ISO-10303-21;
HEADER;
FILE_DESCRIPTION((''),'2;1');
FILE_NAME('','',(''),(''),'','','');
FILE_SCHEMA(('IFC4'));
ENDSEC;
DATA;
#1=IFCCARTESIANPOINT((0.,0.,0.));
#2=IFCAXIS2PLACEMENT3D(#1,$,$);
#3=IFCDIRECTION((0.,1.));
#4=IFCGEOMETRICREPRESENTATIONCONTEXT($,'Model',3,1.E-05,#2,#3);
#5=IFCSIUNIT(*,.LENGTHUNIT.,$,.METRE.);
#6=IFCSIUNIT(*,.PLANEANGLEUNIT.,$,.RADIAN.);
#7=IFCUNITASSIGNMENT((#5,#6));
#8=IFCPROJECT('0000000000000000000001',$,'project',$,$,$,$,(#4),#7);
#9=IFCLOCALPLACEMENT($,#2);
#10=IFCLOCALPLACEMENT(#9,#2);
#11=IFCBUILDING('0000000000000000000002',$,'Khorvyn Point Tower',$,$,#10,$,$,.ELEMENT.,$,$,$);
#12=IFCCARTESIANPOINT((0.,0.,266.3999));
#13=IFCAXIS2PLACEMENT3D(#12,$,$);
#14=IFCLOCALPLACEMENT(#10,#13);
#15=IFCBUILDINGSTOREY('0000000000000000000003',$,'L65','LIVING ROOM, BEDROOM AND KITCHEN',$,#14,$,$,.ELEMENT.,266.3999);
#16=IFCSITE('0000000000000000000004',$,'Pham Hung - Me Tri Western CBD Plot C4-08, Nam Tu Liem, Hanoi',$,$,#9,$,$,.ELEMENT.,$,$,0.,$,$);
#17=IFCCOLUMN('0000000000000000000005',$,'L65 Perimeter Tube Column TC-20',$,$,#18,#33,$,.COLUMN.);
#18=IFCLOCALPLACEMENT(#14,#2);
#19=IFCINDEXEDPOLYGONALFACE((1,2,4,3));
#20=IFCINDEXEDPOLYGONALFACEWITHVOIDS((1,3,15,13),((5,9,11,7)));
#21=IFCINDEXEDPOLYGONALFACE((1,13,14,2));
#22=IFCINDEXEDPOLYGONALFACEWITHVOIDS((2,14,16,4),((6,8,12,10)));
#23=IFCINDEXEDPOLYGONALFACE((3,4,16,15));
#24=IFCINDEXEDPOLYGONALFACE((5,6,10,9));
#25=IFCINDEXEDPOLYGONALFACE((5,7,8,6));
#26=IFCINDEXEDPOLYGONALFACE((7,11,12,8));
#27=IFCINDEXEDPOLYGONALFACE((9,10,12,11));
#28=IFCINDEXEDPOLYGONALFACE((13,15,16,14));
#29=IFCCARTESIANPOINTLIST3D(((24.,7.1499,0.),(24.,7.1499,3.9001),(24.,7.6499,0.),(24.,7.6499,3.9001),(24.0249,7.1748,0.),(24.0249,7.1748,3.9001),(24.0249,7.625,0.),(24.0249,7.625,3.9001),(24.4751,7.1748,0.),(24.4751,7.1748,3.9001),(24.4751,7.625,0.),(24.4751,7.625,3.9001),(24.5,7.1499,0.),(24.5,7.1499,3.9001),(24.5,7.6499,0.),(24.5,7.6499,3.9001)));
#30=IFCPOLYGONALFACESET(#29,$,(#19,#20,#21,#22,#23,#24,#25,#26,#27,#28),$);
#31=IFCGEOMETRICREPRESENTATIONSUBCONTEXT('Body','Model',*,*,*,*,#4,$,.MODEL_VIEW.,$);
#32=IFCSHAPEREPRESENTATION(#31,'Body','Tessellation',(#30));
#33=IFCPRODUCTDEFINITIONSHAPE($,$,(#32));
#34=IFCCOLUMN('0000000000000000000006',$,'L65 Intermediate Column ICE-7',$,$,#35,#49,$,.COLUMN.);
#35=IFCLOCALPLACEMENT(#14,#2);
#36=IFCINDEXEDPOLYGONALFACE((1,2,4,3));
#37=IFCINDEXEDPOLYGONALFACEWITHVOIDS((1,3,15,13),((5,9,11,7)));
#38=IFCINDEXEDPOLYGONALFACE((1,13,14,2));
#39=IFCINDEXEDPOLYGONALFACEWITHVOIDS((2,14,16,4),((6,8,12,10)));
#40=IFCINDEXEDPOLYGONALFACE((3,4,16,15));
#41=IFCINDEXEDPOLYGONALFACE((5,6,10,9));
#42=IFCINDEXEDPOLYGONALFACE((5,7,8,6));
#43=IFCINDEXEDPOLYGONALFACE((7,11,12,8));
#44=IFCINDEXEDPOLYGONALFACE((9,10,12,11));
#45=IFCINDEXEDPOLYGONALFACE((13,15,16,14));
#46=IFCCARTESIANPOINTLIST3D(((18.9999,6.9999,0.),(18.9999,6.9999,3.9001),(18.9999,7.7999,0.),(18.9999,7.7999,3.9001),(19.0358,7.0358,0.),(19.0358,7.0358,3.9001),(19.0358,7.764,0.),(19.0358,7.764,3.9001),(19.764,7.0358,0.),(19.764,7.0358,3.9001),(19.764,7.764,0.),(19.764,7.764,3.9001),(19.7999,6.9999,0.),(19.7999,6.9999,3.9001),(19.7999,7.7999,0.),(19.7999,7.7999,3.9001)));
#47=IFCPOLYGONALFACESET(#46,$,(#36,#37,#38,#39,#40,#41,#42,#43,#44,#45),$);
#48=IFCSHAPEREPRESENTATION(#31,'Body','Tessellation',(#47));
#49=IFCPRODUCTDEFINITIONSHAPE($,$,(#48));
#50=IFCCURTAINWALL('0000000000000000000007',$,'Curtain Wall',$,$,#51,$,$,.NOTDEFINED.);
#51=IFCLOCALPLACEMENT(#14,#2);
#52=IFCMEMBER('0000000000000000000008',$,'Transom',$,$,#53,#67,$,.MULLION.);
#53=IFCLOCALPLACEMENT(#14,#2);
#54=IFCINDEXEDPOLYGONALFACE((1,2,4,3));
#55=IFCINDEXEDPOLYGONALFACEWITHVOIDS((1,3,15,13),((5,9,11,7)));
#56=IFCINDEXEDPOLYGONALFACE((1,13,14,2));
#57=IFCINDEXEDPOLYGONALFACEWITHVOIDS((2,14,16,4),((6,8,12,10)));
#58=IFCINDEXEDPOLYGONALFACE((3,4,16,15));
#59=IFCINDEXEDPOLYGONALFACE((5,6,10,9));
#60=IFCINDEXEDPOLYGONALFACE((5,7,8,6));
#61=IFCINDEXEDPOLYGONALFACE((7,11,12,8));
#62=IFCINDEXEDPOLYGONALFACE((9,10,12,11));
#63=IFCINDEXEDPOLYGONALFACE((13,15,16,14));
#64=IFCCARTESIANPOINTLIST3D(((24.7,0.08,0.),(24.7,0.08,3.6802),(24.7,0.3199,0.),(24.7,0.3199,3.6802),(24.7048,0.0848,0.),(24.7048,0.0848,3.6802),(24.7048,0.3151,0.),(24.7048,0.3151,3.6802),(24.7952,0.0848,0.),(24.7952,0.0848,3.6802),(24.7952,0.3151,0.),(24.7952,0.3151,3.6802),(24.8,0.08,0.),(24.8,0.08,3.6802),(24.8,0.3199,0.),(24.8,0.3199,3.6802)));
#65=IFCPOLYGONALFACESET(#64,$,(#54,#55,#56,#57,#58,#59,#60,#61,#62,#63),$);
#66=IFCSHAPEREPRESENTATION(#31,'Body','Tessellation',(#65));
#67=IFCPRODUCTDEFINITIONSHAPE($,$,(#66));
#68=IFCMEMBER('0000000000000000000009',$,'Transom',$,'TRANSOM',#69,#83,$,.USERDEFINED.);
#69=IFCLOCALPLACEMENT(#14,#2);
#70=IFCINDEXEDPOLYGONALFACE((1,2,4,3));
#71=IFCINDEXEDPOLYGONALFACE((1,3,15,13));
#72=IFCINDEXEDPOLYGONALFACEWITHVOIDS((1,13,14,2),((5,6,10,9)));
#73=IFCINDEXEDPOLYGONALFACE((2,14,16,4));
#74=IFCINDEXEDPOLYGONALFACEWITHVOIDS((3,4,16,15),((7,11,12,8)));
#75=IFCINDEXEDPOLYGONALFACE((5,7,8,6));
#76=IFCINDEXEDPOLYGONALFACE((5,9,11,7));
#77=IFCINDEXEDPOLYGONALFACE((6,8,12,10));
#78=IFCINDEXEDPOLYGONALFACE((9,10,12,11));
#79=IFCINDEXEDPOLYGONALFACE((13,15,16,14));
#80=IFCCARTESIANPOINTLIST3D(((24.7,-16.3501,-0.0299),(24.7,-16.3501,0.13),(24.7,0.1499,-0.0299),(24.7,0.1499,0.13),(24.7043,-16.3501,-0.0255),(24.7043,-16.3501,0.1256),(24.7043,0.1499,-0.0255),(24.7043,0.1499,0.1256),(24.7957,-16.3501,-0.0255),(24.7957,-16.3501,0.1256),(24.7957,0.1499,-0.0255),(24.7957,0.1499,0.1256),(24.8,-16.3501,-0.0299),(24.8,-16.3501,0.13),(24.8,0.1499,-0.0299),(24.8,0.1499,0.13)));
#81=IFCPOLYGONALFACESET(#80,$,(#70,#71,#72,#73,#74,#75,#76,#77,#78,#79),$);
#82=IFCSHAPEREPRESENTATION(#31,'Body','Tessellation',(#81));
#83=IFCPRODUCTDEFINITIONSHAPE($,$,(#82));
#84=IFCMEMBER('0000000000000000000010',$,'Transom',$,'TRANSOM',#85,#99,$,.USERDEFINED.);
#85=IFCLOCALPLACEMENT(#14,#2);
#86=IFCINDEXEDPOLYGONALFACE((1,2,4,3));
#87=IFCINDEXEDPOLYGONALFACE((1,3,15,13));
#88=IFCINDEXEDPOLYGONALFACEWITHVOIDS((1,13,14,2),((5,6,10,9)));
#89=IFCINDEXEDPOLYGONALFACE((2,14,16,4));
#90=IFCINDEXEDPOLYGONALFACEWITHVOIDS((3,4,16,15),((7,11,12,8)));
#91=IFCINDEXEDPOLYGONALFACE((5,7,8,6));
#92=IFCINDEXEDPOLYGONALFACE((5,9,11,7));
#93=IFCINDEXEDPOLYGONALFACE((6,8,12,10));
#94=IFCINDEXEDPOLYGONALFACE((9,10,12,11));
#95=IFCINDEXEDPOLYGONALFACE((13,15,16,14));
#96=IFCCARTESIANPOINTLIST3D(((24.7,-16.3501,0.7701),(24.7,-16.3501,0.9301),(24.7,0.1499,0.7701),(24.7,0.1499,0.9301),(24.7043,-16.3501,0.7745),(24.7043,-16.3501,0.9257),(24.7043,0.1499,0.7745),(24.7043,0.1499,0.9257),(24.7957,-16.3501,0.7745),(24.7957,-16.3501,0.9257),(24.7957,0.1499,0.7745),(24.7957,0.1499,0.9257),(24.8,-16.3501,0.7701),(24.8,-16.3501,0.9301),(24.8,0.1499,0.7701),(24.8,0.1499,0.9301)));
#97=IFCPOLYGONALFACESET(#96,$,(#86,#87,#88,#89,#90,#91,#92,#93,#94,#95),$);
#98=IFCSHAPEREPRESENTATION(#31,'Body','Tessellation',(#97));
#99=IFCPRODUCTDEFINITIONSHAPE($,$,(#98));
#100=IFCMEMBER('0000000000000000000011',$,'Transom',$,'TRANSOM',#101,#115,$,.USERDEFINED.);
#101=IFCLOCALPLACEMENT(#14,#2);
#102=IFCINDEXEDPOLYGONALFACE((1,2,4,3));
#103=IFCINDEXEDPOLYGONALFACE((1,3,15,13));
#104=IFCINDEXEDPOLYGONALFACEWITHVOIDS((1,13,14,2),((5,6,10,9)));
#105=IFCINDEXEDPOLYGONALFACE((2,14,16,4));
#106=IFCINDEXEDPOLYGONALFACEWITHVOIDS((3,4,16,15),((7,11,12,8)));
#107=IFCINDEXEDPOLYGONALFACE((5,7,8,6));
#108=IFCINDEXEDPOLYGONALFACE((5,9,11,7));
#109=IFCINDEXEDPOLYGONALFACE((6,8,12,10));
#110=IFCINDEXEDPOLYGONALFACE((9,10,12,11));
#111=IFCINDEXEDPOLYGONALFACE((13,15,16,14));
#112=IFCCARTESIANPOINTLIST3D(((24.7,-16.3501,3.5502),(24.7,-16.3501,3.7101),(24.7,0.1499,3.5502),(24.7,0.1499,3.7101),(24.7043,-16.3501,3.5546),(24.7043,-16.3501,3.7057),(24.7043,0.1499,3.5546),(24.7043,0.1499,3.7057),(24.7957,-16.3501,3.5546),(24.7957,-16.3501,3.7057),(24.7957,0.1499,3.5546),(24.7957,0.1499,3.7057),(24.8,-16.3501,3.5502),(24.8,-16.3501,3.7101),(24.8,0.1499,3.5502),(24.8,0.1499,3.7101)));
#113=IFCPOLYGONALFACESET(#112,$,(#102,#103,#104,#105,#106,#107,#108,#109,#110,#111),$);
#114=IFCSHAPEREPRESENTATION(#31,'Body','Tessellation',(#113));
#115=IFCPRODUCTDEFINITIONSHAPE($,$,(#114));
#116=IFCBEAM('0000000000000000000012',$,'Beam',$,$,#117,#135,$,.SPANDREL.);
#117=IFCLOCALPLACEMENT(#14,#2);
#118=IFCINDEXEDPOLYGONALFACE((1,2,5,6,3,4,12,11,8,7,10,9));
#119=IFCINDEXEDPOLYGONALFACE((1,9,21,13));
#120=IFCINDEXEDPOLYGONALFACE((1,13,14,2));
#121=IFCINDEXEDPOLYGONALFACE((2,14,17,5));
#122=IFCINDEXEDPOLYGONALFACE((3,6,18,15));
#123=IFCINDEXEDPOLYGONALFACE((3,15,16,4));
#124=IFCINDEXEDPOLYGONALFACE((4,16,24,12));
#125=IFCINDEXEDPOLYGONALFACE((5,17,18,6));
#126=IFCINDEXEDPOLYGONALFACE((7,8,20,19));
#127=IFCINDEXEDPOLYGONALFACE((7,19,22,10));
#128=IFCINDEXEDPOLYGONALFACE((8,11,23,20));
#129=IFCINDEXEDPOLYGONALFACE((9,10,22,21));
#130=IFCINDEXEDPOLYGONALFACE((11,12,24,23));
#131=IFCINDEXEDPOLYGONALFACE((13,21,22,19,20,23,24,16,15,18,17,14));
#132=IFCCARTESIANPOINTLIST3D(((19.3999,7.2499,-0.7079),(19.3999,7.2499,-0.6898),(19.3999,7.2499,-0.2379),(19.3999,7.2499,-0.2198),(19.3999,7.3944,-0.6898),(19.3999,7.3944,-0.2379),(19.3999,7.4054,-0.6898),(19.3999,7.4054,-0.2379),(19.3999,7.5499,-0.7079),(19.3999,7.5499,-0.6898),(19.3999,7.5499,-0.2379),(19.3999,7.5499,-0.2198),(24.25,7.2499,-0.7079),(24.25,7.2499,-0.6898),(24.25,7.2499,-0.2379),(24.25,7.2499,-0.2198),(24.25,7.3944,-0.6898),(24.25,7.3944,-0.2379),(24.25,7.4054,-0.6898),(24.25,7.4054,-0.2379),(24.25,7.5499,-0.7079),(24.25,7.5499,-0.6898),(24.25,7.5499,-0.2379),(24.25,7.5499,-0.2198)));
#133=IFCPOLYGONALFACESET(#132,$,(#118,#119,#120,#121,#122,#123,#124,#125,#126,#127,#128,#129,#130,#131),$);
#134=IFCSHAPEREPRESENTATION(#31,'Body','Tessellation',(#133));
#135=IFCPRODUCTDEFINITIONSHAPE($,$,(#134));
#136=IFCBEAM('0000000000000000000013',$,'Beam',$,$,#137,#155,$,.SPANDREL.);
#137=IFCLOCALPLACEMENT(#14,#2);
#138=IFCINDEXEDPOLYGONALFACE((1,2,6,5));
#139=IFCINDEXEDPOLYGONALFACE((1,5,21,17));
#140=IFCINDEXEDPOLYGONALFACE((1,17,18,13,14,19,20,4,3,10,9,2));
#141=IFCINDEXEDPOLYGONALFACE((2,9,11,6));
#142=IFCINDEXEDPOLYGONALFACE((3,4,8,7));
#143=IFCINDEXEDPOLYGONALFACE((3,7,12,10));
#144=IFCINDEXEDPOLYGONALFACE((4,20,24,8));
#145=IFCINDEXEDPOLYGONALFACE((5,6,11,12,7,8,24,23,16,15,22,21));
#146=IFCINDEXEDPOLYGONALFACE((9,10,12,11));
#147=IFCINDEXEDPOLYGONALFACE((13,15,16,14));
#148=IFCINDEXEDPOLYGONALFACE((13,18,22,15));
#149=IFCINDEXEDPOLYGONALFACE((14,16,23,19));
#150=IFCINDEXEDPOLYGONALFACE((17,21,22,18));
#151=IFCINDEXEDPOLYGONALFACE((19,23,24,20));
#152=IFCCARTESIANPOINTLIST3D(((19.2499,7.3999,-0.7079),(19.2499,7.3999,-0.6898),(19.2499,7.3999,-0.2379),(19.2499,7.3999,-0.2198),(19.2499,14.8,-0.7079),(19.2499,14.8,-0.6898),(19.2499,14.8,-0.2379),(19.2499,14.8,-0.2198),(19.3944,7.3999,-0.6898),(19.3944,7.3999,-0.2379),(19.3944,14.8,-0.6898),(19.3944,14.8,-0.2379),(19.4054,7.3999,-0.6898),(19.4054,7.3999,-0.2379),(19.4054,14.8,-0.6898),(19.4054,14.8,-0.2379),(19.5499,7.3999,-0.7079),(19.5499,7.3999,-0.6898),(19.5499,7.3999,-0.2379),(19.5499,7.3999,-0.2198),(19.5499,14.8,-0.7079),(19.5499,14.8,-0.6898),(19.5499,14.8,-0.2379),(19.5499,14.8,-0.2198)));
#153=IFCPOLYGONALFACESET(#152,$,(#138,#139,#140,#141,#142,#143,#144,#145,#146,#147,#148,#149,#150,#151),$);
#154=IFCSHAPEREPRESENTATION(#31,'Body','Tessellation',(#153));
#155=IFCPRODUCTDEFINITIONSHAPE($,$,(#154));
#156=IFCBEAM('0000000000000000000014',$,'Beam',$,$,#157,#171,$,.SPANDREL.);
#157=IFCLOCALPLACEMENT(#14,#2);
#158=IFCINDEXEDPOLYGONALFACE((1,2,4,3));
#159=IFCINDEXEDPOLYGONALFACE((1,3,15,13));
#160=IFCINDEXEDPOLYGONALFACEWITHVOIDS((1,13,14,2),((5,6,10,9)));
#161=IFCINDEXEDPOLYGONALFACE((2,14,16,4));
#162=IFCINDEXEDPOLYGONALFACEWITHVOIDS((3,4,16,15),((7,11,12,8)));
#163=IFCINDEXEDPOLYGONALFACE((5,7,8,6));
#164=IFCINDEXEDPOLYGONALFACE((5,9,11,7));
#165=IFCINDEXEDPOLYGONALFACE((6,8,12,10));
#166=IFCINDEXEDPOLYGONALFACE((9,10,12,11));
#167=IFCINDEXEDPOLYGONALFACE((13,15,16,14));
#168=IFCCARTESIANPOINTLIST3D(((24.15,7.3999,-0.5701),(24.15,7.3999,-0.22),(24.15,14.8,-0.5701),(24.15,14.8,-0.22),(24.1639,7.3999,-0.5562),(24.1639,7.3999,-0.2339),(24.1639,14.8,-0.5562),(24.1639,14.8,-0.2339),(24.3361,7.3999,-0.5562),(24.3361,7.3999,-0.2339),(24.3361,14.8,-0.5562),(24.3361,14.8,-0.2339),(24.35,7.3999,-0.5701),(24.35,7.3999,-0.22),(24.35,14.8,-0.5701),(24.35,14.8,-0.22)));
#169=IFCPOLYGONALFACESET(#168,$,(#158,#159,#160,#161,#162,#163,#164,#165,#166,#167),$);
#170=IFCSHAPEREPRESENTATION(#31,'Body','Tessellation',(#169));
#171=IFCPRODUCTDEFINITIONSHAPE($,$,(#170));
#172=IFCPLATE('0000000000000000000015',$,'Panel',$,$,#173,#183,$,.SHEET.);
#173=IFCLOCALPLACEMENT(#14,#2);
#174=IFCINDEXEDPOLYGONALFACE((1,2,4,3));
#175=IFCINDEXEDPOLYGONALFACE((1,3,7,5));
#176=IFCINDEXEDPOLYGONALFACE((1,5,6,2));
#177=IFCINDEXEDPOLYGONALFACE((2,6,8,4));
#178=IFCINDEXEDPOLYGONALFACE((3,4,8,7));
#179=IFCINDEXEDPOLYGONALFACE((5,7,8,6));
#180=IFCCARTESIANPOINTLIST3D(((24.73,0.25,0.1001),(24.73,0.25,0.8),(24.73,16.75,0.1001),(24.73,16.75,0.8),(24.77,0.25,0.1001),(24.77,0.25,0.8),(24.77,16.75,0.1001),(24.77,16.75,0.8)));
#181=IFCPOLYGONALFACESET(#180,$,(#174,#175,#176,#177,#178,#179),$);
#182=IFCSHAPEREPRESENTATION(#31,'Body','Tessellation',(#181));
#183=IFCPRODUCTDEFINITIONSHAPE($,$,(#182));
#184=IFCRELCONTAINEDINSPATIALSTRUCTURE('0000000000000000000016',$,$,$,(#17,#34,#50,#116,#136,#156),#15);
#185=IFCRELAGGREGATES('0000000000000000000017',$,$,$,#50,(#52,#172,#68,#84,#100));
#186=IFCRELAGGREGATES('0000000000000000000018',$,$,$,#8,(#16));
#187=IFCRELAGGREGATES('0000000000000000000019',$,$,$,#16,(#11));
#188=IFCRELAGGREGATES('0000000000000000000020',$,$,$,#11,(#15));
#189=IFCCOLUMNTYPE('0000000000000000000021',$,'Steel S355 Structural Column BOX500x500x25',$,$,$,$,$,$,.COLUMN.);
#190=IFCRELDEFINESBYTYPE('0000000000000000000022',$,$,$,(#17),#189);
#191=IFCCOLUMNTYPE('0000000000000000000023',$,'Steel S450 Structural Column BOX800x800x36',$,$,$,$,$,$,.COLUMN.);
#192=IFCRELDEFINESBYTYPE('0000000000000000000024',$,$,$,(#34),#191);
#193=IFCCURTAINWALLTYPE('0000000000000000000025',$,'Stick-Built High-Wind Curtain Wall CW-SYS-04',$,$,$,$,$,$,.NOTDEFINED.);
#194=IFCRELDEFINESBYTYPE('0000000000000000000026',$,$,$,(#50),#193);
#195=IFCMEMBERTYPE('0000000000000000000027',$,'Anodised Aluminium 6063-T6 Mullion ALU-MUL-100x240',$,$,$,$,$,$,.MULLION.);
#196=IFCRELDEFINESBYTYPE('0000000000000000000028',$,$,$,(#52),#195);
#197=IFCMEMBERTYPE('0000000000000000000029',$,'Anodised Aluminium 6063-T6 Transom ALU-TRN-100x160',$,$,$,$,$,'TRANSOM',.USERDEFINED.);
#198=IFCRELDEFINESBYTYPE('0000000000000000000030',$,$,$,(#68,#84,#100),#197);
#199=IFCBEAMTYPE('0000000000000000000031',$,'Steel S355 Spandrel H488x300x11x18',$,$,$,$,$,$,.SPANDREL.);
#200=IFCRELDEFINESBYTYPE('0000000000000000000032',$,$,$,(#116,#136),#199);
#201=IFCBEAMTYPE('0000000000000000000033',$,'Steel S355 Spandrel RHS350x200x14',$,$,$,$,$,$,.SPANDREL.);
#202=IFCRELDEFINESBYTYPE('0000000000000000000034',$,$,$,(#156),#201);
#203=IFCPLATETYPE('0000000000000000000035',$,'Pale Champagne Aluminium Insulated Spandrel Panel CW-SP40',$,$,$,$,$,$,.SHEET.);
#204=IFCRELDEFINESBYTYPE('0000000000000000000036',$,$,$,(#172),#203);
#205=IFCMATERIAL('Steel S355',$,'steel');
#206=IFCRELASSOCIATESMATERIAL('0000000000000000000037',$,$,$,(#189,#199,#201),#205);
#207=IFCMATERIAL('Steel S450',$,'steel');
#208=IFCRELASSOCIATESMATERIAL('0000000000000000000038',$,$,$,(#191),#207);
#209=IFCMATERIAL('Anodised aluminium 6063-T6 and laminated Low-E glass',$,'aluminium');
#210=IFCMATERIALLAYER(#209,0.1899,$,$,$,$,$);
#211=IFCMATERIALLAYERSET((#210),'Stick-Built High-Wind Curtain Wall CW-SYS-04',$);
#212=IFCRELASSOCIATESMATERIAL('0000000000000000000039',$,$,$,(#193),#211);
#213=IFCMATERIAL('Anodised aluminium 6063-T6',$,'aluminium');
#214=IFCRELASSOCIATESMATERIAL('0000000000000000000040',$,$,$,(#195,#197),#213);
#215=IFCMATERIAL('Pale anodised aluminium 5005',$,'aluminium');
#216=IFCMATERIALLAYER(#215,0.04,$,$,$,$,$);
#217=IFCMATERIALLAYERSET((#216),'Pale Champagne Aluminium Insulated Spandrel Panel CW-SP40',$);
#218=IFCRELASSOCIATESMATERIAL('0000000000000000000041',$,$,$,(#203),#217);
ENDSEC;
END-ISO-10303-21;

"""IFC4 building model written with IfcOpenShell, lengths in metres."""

from ifc_helpers import new_model, si_unit, direction, frame, origin, origin_2d, place, context, subcontext, project, spatial, rectangle, hollow_rectangle, i_section, extrude, material, layer, layer_set, material_profile, profile_set, type_object, element, aggregate, save


model = new_model("IFC4")

# Units and contexts
model_context = context("Model", 3, precision=1e-05, world=origin(), true_north=direction((0.0, 1.0)))
body_context = subcontext(model_context, "Body", "Model", "MODEL_VIEW")
ifc_project = project(units=[si_unit("LENGTHUNIT", "METRE"), si_unit("PLANEANGLEUNIT", "RADIAN")], contexts=[model_context])

# Site, building, storey
site_placement = place(None, origin())
site = spatial("IfcSite", under=ifc_project, at=site_placement, Name="Pham Hung - Me Tri Western CBD Plot C4-08, Nam Tu Liem, Hanoi", CompositionType="ELEMENT", RefElevation=0.0)
building_placement = place(site_placement, origin())
building = spatial("IfcBuilding", under=site, at=building_placement, Name="Khorvyn Point Tower", CompositionType="ELEMENT")
storey_placement = place(building_placement, frame((0.0, 0.0, 266.3999)))
storey = spatial("IfcBuildingStorey", under=building, at=storey_placement, Name="L65", Description="LIVING ROOM, BEDROOM AND KITCHEN", CompositionType="ELEMENT", Elevation=266.3999)

# Columns
ifc_material_1 = material(Name="Steel S355", Category="steel")
ifc_material_profile_1 = material_profile(ifc_material_1, hollow_rectangle(XDim=0.5, YDim=0.5, WallThickness=0.0249, at=origin_2d()))
ifc_profile_set_1 = profile_set([ifc_material_profile_1], Name="Steel S355 BOX500x500x25")
column_type_1 = type_object("IfcColumnType", Name="Steel S355 Structural Column BOX500x500x25", PredefinedType="COLUMN", material=ifc_profile_set_1)
column_1_placement = place(storey_placement, frame((24.25, 7.3999, 0.0), z_axis=(0.0, 0.0, 1.0), x_axis=(1.0, 0.0, 0.0)))
element("IfcColumn", 1, at=column_1_placement, inside=storey, type_object=column_type_1, Name="L65 Perimeter Tube Column TC-20", PredefinedType="COLUMN", context=body_context, shape_type="SweptSolid", body=[
    extrude(hollow_rectangle(XDim=0.5, YDim=0.5, WallThickness=0.0249, at=origin_2d()), origin(), (0.0, 0.0, 1.0), 3.9001),
])
ifc_material_2 = material(Name="Steel S450", Category="steel")
ifc_material_profile_2 = material_profile(ifc_material_2, hollow_rectangle(XDim=0.8, YDim=0.8, WallThickness=0.0359, at=origin_2d()))
ifc_profile_set_2 = profile_set([ifc_material_profile_2], Name="Steel S450 BOX800x800x36")
column_type_2 = type_object("IfcColumnType", Name="Steel S450 Structural Column BOX800x800x36", PredefinedType="COLUMN", material=ifc_profile_set_2)
column_2_placement = place(storey_placement, frame((19.3999, 7.3999, 0.0), z_axis=(0.0, 0.0, 1.0), x_axis=(1.0, 0.0, 0.0)))
element("IfcColumn", 2, at=column_2_placement, inside=storey, type_object=column_type_2, Name="L65 Intermediate Column ICE-7", PredefinedType="COLUMN", context=body_context, shape_type="SweptSolid", body=[
    extrude(hollow_rectangle(XDim=0.8, YDim=0.8, WallThickness=0.0359, at=origin_2d()), origin(), (0.0, 0.0, 1.0), 3.9001),
])

# Curtain wall, members
ifc_material_3 = material(Name="Anodised aluminium 6063-T6 and laminated Low-E glass", Category="aluminium")
ifc_layer_1 = layer(ifc_material_3, 0.1899)
ifc_layer_set_1 = layer_set([ifc_layer_1], Name="Stick-Built High-Wind Curtain Wall CW-SYS-04")
curtain_wall_type = type_object("IfcCurtainWallType", Name="Stick-Built High-Wind Curtain Wall CW-SYS-04", PredefinedType="NOTDEFINED", material=ifc_layer_set_1)
curtain_wall_placement = place(storey_placement, origin())
curtain_wall = element("IfcCurtainWall", 3, at=curtain_wall_placement, inside=storey, type_object=curtain_wall_type, Name="Curtain Wall", PredefinedType="NOTDEFINED")
ifc_material_4 = material(Name="Anodised aluminium 6063-T6", Category="aluminium")
ifc_material_profile_3 = material_profile(ifc_material_4, hollow_rectangle(XDim=0.1001, YDim=0.24, WallThickness=0.0049, at=origin_2d()))
ifc_profile_set_3 = profile_set([ifc_material_profile_3], Name="Anodised aluminium 6063-T6 ALU-MUL-100x240")
member_type_1 = type_object("IfcMemberType", Name="Anodised Aluminium 6063-T6 Mullion ALU-MUL-100x240", PredefinedType="MULLION", material=ifc_profile_set_3)
member_1_placement = place(storey_placement, frame((24.75, 0.2, 0.0), z_axis=(0.0, 0.0, 1.0), x_axis=(1.0, 0.0, 0.0)))
member_1 = element("IfcMember", 4, at=member_1_placement, type_object=member_type_1, Name="Transom", PredefinedType="MULLION", context=body_context, shape_type="SweptSolid", body=[
    extrude(hollow_rectangle(XDim=0.1001, YDim=0.24, WallThickness=0.0049, at=origin_2d()), origin(), (0.0, 0.0, 1.0), 3.6802),
])
ifc_material_profile_4 = material_profile(ifc_material_4, hollow_rectangle(XDim=0.1001, YDim=0.1599, WallThickness=0.0044, at=origin_2d()))
ifc_profile_set_4 = profile_set([ifc_material_profile_4], Name="Anodised aluminium 6063-T6 ALU-TRN-100x160")
member_type_2 = type_object("IfcMemberType", Name="Anodised Aluminium 6063-T6 Transom ALU-TRN-100x160", ElementType="TRANSOM", PredefinedType="USERDEFINED", material=ifc_profile_set_4)
member_2_placement = place(storey_placement, frame((24.75, 0.1499, 0.05), z_axis=(0.0, -1.0, 0.0), x_axis=(1.0, 0.0, 0.0)))
member_2 = element("IfcMember", 5, at=member_2_placement, type_object=member_type_2, Name="Transom", ObjectType="TRANSOM", PredefinedType="USERDEFINED", context=body_context, shape_type="SweptSolid", body=[
    extrude(hollow_rectangle(XDim=0.1001, YDim=0.1599, WallThickness=0.0044, at=origin_2d()), origin(), (0.0, 0.0, 1.0), 16.5),
])
member_3_placement = place(storey_placement, frame((24.75, 0.1499, 0.8501), z_axis=(0.0, -1.0, 0.0), x_axis=(1.0, 0.0, 0.0)))
member_3 = element("IfcMember", 6, at=member_3_placement, type_object=member_type_2, Name="Transom", ObjectType="TRANSOM", PredefinedType="USERDEFINED", context=body_context, shape_type="SweptSolid", body=[
    extrude(hollow_rectangle(XDim=0.1001, YDim=0.1599, WallThickness=0.0044, at=origin_2d()), origin(), (0.0, 0.0, 1.0), 16.5),
])
member_4_placement = place(storey_placement, frame((24.75, 0.1499, 3.6301), z_axis=(0.0, -1.0, 0.0), x_axis=(1.0, 0.0, 0.0)))
member_4 = element("IfcMember", 7, at=member_4_placement, type_object=member_type_2, Name="Transom", ObjectType="TRANSOM", PredefinedType="USERDEFINED", context=body_context, shape_type="SweptSolid", body=[
    extrude(hollow_rectangle(XDim=0.1001, YDim=0.1599, WallThickness=0.0044, at=origin_2d()), origin(), (0.0, 0.0, 1.0), 16.5),
])

# Beams
ifc_material_profile_5 = material_profile(ifc_material_1, i_section(OverallWidth=0.3, OverallDepth=0.488, WebThickness=0.011, FlangeThickness=0.0181, at=origin_2d()))
ifc_profile_set_5 = profile_set([ifc_material_profile_5], Name="Steel S355 H488x300x11x18")
beam_type_1 = type_object("IfcBeamType", Name="Steel S355 Spandrel H488x300x11x18", PredefinedType="SPANDREL", material=ifc_profile_set_5)
beam_1_placement = place(storey_placement, frame((19.3999, 7.3999, -0.4639), z_axis=(1.0, 0.0, 0.0), x_axis=(0.0, 1.0, 0.0)))
element("IfcBeam", 8, at=beam_1_placement, inside=storey, type_object=beam_type_1, Name="Beam", PredefinedType="SPANDREL", context=body_context, shape_type="SweptSolid", body=[
    extrude(i_section(OverallWidth=0.3, OverallDepth=0.488, WebThickness=0.011, FlangeThickness=0.0181, at=origin_2d()), origin(), (0.0, 0.0, 1.0), 4.8501),
])
beam_2_placement = place(storey_placement, frame((19.3999, 7.3999, -0.4639), z_axis=(0.0, 1.0, 0.0), x_axis=(-1.0, 0.0, 0.0)))
element("IfcBeam", 9, at=beam_2_placement, inside=storey, type_object=beam_type_1, Name="Beam", PredefinedType="SPANDREL", context=body_context, shape_type="SweptSolid", body=[
    extrude(i_section(OverallWidth=0.3, OverallDepth=0.488, WebThickness=0.011, FlangeThickness=0.0181, at=origin_2d()), origin(), (0.0, 0.0, 1.0), 7.4001),
])
ifc_material_profile_6 = material_profile(ifc_material_1, hollow_rectangle(XDim=0.2, YDim=0.3501, WallThickness=0.0139, at=origin_2d()))
ifc_profile_set_6 = profile_set([ifc_material_profile_6], Name="Steel S355 RHS350x200x14")
beam_type_2 = type_object("IfcBeamType", Name="Steel S355 Spandrel RHS350x200x14", PredefinedType="SPANDREL", material=ifc_profile_set_6)
beam_3_placement = place(storey_placement, frame((24.25, 7.3999, -0.395), z_axis=(0.0, 1.0, 0.0), x_axis=(-1.0, 0.0, 0.0)))
element("IfcBeam", 10, at=beam_3_placement, inside=storey, type_object=beam_type_2, Name="Beam", PredefinedType="SPANDREL", context=body_context, shape_type="SweptSolid", body=[
    extrude(hollow_rectangle(XDim=0.2, YDim=0.3501, WallThickness=0.0139, at=origin_2d()), origin(), (0.0, 0.0, 1.0), 7.4001),
])

# Plate
ifc_material_5 = material(Name="Pale anodised aluminium 5005", Category="aluminium")
ifc_layer_2 = layer(ifc_material_5, 0.04)
ifc_layer_set_2 = layer_set([ifc_layer_2], Name="Pale Champagne Aluminium Insulated Spandrel Panel CW-SP40")
plate_type_1 = type_object("IfcPlateType", Name="Pale Champagne Aluminium Insulated Spandrel Panel CW-SP40", PredefinedType="SHEET", material=ifc_layer_set_2)
plate_1_placement = place(storey_placement, frame((24.75, 8.5, 0.1001), z_axis=(0.0, 0.0, 1.0), x_axis=(0.0, -1.0, 0.0)))
plate_1 = element("IfcPlate", 11, at=plate_1_placement, type_object=plate_type_1, Name="Panel", PredefinedType="SHEET", context=body_context, shape_type="SweptSolid", body=[
    extrude(rectangle(XDim=16.5, YDim=0.04, at=origin_2d()), origin(), (0.0, 0.0, 1.0), 0.7),
])
aggregate(curtain_wall, [member_1, plate_1, member_2, member_3, member_4])

save(model, "model.ifc")
